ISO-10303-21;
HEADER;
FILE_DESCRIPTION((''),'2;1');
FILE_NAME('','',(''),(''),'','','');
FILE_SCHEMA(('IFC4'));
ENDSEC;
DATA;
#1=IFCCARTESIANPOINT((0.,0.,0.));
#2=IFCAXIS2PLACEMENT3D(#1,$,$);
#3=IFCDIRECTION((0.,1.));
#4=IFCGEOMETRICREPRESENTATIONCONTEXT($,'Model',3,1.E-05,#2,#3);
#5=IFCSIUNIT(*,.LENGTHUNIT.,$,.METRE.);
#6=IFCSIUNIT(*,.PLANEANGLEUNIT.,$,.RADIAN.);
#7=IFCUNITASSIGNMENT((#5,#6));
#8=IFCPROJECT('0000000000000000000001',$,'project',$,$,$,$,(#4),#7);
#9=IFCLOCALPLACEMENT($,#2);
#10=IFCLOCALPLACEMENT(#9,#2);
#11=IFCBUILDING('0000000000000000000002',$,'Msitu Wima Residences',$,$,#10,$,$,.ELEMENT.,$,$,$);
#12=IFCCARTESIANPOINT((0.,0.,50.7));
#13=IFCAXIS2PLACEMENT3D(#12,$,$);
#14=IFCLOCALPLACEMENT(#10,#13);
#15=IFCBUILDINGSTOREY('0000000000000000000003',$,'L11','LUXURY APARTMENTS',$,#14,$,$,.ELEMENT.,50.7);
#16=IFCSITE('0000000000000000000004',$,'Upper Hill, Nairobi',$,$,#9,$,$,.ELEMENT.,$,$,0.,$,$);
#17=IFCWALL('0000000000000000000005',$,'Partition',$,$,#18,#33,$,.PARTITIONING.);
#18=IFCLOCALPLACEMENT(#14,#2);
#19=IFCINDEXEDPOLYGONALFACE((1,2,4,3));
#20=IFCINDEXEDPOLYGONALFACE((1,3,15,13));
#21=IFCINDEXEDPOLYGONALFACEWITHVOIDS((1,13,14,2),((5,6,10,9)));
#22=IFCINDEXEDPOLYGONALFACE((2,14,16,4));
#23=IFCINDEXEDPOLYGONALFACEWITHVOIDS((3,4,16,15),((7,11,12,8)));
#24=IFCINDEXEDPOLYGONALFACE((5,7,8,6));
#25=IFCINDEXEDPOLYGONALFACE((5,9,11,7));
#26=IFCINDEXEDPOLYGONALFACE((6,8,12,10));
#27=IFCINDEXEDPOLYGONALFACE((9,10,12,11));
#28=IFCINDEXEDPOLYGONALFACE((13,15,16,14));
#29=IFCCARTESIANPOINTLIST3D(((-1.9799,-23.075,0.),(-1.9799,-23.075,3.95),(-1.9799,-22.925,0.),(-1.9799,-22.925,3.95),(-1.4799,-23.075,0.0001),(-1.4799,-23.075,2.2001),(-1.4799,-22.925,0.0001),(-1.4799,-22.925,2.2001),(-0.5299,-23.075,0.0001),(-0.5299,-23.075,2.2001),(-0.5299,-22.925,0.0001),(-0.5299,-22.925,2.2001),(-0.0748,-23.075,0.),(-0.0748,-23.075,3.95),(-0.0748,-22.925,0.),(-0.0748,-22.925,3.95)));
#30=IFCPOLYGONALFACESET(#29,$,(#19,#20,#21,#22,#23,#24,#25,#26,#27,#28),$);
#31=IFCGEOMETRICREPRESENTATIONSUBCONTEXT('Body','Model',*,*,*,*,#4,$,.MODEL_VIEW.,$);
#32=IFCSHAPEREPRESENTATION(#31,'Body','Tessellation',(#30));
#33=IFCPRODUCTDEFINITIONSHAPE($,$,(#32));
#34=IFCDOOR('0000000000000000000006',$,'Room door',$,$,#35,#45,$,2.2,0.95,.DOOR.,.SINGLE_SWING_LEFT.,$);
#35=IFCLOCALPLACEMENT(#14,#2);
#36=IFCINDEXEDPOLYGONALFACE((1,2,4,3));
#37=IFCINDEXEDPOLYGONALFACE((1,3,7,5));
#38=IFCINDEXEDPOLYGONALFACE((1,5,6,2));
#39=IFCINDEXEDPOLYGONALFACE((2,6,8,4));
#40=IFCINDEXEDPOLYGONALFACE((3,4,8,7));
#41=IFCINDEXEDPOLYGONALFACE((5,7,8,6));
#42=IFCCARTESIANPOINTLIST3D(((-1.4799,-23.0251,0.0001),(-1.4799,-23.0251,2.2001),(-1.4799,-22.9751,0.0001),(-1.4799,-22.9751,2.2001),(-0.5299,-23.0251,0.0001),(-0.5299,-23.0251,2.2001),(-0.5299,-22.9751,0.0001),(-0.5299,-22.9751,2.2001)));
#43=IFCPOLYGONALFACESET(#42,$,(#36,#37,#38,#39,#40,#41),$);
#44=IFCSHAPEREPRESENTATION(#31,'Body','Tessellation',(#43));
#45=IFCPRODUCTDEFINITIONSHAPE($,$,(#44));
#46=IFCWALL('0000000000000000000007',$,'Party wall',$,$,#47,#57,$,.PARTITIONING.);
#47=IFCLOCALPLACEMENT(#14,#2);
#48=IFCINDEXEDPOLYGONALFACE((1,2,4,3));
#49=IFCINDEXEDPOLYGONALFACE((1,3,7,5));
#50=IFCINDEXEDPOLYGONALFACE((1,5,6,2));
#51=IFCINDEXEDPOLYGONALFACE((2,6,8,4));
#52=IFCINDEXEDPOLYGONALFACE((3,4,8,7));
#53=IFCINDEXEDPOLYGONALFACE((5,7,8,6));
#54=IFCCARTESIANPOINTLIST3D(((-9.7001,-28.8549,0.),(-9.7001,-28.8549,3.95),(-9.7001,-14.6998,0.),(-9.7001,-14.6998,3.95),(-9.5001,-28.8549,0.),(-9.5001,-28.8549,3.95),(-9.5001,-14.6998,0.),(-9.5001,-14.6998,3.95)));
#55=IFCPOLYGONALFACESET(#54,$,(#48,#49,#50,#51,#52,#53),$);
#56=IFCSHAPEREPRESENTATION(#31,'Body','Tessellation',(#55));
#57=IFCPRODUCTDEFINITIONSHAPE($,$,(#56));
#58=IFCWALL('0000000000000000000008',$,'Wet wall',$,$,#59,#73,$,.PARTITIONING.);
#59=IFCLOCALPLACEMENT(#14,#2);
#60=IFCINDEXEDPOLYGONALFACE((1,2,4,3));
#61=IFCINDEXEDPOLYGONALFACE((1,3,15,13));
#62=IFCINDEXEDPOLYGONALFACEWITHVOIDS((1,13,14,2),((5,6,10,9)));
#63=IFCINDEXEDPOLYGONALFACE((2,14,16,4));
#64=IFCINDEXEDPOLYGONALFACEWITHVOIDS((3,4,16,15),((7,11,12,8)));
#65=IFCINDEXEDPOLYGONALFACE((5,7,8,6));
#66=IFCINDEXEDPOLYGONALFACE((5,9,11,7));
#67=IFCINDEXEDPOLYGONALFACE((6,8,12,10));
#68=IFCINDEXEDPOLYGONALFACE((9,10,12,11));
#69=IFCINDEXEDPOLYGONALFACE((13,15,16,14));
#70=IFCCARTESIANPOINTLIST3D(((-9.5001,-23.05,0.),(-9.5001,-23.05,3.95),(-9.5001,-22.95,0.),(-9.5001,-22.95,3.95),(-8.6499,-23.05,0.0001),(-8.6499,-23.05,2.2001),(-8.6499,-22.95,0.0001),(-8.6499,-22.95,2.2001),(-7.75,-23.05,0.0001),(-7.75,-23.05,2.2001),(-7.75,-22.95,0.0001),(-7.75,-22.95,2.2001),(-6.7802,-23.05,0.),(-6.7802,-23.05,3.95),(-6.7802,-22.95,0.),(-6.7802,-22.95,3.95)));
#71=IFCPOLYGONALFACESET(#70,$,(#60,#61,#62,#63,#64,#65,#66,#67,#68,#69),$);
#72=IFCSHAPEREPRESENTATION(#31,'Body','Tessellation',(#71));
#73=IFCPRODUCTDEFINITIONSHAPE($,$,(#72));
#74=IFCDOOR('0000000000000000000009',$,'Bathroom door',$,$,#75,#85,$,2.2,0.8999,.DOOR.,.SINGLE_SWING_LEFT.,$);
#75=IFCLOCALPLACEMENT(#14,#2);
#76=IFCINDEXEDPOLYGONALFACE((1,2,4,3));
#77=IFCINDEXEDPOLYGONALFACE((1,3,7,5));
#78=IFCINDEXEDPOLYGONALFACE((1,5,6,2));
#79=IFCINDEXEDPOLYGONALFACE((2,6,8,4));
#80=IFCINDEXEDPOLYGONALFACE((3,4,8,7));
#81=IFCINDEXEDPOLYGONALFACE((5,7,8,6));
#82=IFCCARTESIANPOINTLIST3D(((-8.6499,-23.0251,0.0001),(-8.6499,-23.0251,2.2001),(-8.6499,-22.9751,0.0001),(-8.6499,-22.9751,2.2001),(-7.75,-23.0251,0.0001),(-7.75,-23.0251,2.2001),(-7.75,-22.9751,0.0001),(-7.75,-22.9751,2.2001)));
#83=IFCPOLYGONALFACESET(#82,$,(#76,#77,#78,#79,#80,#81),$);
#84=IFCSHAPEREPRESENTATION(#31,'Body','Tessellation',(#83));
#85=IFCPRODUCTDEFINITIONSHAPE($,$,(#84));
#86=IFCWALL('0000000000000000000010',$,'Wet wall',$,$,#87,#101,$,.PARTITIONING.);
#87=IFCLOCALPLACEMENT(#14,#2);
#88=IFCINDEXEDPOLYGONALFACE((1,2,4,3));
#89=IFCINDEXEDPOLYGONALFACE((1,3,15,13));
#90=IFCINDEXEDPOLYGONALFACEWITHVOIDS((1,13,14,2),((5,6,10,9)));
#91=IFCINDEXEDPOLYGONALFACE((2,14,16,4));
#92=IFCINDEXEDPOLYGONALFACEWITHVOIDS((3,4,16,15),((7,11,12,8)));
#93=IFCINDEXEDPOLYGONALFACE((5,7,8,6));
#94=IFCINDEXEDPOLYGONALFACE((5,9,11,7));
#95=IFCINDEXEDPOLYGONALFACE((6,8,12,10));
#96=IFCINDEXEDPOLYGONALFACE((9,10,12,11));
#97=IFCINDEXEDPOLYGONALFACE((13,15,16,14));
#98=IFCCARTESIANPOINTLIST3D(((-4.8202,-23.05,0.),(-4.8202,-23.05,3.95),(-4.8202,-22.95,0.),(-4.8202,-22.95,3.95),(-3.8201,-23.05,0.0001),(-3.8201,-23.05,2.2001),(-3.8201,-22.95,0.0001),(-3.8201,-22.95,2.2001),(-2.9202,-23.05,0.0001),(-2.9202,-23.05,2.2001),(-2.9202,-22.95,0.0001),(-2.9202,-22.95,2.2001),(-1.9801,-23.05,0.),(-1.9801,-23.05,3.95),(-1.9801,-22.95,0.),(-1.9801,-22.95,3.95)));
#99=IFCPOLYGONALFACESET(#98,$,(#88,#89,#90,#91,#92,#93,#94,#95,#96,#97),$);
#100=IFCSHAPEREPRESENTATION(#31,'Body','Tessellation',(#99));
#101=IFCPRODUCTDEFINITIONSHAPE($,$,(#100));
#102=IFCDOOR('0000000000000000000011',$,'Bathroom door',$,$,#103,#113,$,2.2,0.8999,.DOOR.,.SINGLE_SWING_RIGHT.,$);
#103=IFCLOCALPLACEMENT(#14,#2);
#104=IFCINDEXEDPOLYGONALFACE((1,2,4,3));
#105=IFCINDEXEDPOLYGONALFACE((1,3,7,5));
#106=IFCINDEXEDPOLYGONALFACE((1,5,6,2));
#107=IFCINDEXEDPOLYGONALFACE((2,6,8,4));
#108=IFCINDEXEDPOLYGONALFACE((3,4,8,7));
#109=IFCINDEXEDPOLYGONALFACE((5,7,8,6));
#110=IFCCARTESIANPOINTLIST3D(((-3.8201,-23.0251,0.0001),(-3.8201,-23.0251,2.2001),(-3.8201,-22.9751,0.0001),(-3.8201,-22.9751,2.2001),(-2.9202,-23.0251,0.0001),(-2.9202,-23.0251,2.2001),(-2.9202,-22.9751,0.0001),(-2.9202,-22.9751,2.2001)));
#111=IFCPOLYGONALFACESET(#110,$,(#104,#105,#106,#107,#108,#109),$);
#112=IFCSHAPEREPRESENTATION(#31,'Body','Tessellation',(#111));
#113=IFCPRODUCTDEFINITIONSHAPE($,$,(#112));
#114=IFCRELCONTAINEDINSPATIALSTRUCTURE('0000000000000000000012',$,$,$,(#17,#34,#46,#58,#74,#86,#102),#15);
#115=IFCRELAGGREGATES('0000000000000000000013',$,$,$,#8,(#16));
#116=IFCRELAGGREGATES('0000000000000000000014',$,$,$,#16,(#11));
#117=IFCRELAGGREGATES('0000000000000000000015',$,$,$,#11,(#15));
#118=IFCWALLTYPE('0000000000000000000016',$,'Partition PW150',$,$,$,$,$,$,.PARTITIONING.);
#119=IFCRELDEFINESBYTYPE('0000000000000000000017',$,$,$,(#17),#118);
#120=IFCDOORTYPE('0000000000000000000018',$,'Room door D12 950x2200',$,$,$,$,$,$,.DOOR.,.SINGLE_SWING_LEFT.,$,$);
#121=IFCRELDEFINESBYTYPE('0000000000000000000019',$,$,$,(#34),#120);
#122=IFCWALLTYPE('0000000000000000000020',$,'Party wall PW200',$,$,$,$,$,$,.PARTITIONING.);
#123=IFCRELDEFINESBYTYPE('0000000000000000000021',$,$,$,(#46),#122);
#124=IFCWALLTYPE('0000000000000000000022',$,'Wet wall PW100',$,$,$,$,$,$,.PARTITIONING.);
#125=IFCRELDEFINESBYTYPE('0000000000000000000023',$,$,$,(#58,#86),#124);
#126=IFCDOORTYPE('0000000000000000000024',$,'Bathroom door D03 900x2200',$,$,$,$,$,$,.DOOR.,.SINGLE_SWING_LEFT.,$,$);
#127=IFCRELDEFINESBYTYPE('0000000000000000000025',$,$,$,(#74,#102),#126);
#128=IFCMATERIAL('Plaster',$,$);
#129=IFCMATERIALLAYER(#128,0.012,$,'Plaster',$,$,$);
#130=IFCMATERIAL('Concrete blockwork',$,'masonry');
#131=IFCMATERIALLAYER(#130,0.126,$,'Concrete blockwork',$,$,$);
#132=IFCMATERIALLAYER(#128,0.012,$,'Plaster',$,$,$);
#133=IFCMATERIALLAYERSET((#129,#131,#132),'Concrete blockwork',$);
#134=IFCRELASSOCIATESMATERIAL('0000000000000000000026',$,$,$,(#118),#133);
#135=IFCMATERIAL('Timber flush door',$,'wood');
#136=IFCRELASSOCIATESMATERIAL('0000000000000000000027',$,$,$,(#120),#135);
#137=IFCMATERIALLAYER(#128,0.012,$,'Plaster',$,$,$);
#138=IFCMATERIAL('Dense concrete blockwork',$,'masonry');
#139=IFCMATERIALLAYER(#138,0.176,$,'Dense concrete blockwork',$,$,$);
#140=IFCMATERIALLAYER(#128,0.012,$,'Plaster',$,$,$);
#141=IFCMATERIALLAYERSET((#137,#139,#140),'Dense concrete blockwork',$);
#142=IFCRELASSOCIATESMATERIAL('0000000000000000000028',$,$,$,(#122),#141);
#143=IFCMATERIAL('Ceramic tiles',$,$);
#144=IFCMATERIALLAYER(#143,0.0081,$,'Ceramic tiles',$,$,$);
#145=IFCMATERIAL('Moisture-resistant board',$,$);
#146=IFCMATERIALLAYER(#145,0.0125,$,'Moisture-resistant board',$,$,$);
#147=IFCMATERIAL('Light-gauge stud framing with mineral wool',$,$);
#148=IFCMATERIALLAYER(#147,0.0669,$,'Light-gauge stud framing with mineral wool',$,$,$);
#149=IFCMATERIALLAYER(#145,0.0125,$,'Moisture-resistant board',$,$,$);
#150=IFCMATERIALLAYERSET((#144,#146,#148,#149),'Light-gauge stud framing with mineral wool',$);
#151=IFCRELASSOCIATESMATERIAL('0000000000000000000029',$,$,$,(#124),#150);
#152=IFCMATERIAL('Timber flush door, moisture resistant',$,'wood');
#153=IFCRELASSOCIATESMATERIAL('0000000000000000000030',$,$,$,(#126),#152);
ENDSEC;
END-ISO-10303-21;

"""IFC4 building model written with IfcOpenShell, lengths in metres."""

from ifc_helpers import new_model, si_unit, direction, frame, frame_2d, origin, place, context, subcontext, project, spatial, rectangle, extrude, material, layer, layer_set, type_object, element, fill, save


model = new_model("IFC4")

# Units and contexts
model_context = context("Model", 3, precision=1e-05, world=origin(), true_north=direction((0.0, 1.0)))
body_context = subcontext(model_context, "Body", "Model", "MODEL_VIEW")
ifc_project = project(units=[si_unit("LENGTHUNIT", "METRE"), si_unit("PLANEANGLEUNIT", "RADIAN")], contexts=[model_context])

# Site, building, storey
site_placement = place(None, origin())
site = spatial("IfcSite", under=ifc_project, at=site_placement, Name="Upper Hill, Nairobi", CompositionType="ELEMENT", RefElevation=0.0)
building_placement = place(site_placement, origin())
building = spatial("IfcBuilding", under=site, at=building_placement, Name="Msitu Wima Residences", CompositionType="ELEMENT")
storey_placement = place(building_placement, frame((0.0, 0.0, 50.7)))
storey = spatial("IfcBuildingStorey", under=building, at=storey_placement, Name="L11", Description="LUXURY APARTMENTS", CompositionType="ELEMENT", Elevation=50.7)

# Shared definitions
ifc_material_1 = material(Name="Plaster")
ifc_layer_1 = layer(ifc_material_1, 0.012, Name="Plaster")
ifc_material_2 = material(Name="Concrete blockwork", Category="masonry")
ifc_layer_2 = layer(ifc_material_2, 0.126, Name="Concrete blockwork")
ifc_layer_3 = layer(ifc_material_1, 0.012, Name="Plaster")
ifc_layer_set_1 = layer_set([ifc_layer_1, ifc_layer_2, ifc_layer_3], Name="Concrete blockwork")
wall_type_1 = type_object("IfcWallType", Name="Partition PW150", PredefinedType="PARTITIONING", material=ifc_layer_set_1)

# Shared definitions
ifc_material_3 = material(Name="Timber flush door", Category="wood")
door_type_1 = type_object("IfcDoorType", Name="Room door D12 950x2200", OperationType="SINGLE_SWING_LEFT", PredefinedType="DOOR", material=ifc_material_3)

# Wall, opening, door
wall_1_placement = place(storey_placement, frame((-1.98, -23.0, 0.0), z_axis=(0.0, 0.0, 1.0), x_axis=(1.0, 0.0, 0.0)))
wall_1 = element("IfcWall", 1, at=wall_1_placement, inside=storey, type_object=wall_type_1, Name="Partition", PredefinedType="PARTITIONING", context=body_context, shape_type="SweptSolid", body=[
    extrude(rectangle(XDim=1.905, YDim=0.1499, at=frame_2d((0.9526, 0.0))), origin(), (0.0, 0.0, 1.0), 3.95),
])
opening_1_placement = place(wall_1_placement, frame((0.5, 0.0, 0.0)))
opening_1 = element("IfcOpeningElement", 2, at=opening_1_placement, cuts=wall_1, PredefinedType="OPENING", context=body_context, shape_type="SweptSolid", body=[
    extrude(rectangle(XDim=0.95, YDim=2.2, at=frame_2d((0.4751, 1.1001))), frame((0.0, 0.085, 0.0), z_axis=(0.0, -1.0, 0.0), x_axis=(1.0, 0.0, 0.0)), (0.0, 0.0, 1.0), 0.1699),
])
door_1_placement = place(opening_1_placement, origin())
door_1 = element("IfcDoor", 3, at=door_1_placement, inside=storey, type_object=door_type_1, Name="Room door", OperationType="SINGLE_SWING_LEFT", OverallHeight=2.2, OverallWidth=0.95, PredefinedType="DOOR", context=body_context, shape_type="SweptSolid", body=[
    extrude(rectangle(XDim=0.95, YDim=2.2, at=frame_2d((0.4751, 1.1001))), frame((0.0, 0.0249, 0.0), z_axis=(0.0, -1.0, 0.0), x_axis=(1.0, 0.0, 0.0)), (0.0, 0.0, 1.0), 0.05),
])
fill(opening_1, door_1)

# Wall
ifc_layer_4 = layer(ifc_material_1, 0.012, Name="Plaster")
ifc_material_4 = material(Name="Dense concrete blockwork", Category="masonry")
ifc_layer_5 = layer(ifc_material_4, 0.176, Name="Dense concrete blockwork")
ifc_layer_6 = layer(ifc_material_1, 0.012, Name="Plaster")
ifc_layer_set_2 = layer_set([ifc_layer_4, ifc_layer_5, ifc_layer_6], Name="Dense concrete blockwork")
wall_type_2 = type_object("IfcWallType", Name="Party wall PW200", PredefinedType="PARTITIONING", material=ifc_layer_set_2)
wall_2_placement = place(storey_placement, frame((-9.6001, -28.855, 0.0), z_axis=(0.0, 0.0, 1.0), x_axis=(0.0, 1.0, 0.0)))
element("IfcWall", 4, at=wall_2_placement, inside=storey, type_object=wall_type_2, Name="Party wall", PredefinedType="PARTITIONING", context=body_context, shape_type="SweptSolid", body=[
    extrude(rectangle(XDim=14.155, YDim=0.2, at=frame_2d((7.0776, 0.0))), origin(), (0.0, 0.0, 1.0), 3.95),
])

# Walls, openings, doors
ifc_material_5 = material(Name="Ceramic tiles")
ifc_layer_7 = layer(ifc_material_5, 0.0081, Name="Ceramic tiles")
ifc_material_6 = material(Name="Moisture-resistant board")
ifc_layer_8 = layer(ifc_material_6, 0.0125, Name="Moisture-resistant board")
ifc_material_7 = material(Name="Light-gauge stud framing with mineral wool")
ifc_layer_9 = layer(ifc_material_7, 0.0669, Name="Light-gauge stud framing with mineral wool")
ifc_layer_10 = layer(ifc_material_6, 0.0125, Name="Moisture-resistant board")
ifc_layer_set_3 = layer_set([ifc_layer_7, ifc_layer_8, ifc_layer_9, ifc_layer_10], Name="Light-gauge stud framing with mineral wool")
wall_type_3 = type_object("IfcWallType", Name="Wet wall PW100", PredefinedType="PARTITIONING", material=ifc_layer_set_3)
wall_3_placement = place(storey_placement, frame((-9.5, -23.0, 0.0), z_axis=(0.0, 0.0, 1.0), x_axis=(1.0, 0.0, 0.0)))
wall_3 = element("IfcWall", 5, at=wall_3_placement, inside=storey, type_object=wall_type_3, Name="Wet wall", PredefinedType="PARTITIONING", context=body_context, shape_type="SweptSolid", body=[
    extrude(rectangle(XDim=2.72, YDim=0.1001, at=frame_2d((1.3599, 0.0))), origin(), (0.0, 0.0, 1.0), 3.95),
])
opening_2_placement = place(wall_3_placement, frame((0.8501, 0.0, 0.0)))
opening_2 = element("IfcOpeningElement", 6, at=opening_2_placement, cuts=wall_3, PredefinedType="OPENING", context=body_context, shape_type="SweptSolid", body=[
    extrude(rectangle(XDim=0.8999, YDim=2.2, at=frame_2d((0.45, 1.1001))), frame((0.0, 0.0601, 0.0), z_axis=(0.0, -1.0, 0.0), x_axis=(1.0, 0.0, 0.0)), (0.0, 0.0, 1.0), 0.1201),
])
ifc_material_8 = material(Name="Timber flush door, moisture resistant", Category="wood")
door_type_2 = type_object("IfcDoorType", Name="Bathroom door D03 900x2200", OperationType="SINGLE_SWING_LEFT", PredefinedType="DOOR", material=ifc_material_8)
door_2_placement = place(opening_2_placement, origin())
door_2 = element("IfcDoor", 7, at=door_2_placement, inside=storey, type_object=door_type_2, Name="Bathroom door", OperationType="SINGLE_SWING_LEFT", OverallHeight=2.2, OverallWidth=0.8999, PredefinedType="DOOR", context=body_context, shape_type="SweptSolid", body=[
    extrude(rectangle(XDim=0.8999, YDim=2.2, at=frame_2d((0.45, 1.1001))), frame((0.0, 0.0249, 0.0), z_axis=(0.0, -1.0, 0.0), x_axis=(1.0, 0.0, 0.0)), (0.0, 0.0, 1.0), 0.05),
])
fill(opening_2, door_2)
wall_4_placement = place(storey_placement, frame((-4.8201, -23.0, 0.0), z_axis=(0.0, 0.0, 1.0), x_axis=(1.0, 0.0, 0.0)))
wall_4 = element("IfcWall", 8, at=wall_4_placement, inside=storey, type_object=wall_type_3, Name="Wet wall", PredefinedType="PARTITIONING", context=body_context, shape_type="SweptSolid", body=[
    extrude(rectangle(XDim=2.8401, YDim=0.1001, at=frame_2d((1.4199, 0.0))), origin(), (0.0, 0.0, 1.0), 3.95),
])
opening_3_placement = place(wall_4_placement, frame((1.0, 0.0, 0.0)))
opening_3 = element("IfcOpeningElement", 9, at=opening_3_placement, cuts=wall_4, PredefinedType="OPENING", context=body_context, shape_type="SweptSolid", body=[
    extrude(rectangle(XDim=0.8999, YDim=2.2, at=frame_2d((0.45, 1.1001))), frame((0.0, 0.0601, 0.0), z_axis=(0.0, -1.0, 0.0), x_axis=(1.0, 0.0, 0.0)), (0.0, 0.0, 1.0), 0.1201),
])
door_3_placement = place(opening_3_placement, origin())
door_3 = element("IfcDoor", 10, at=door_3_placement, inside=storey, type_object=door_type_2, Name="Bathroom door", OperationType="SINGLE_SWING_RIGHT", OverallHeight=2.2, OverallWidth=0.8999, PredefinedType="DOOR", context=body_context, shape_type="SweptSolid", body=[
    extrude(rectangle(XDim=0.8999, YDim=2.2, at=frame_2d((0.45, 1.1001))), frame((0.0, 0.0249, 0.0), z_axis=(0.0, -1.0, 0.0), x_axis=(1.0, 0.0, 0.0)), (0.0, 0.0, 1.0), 0.05),
])
fill(opening_3, door_3)

save(model, "model.ifc")
